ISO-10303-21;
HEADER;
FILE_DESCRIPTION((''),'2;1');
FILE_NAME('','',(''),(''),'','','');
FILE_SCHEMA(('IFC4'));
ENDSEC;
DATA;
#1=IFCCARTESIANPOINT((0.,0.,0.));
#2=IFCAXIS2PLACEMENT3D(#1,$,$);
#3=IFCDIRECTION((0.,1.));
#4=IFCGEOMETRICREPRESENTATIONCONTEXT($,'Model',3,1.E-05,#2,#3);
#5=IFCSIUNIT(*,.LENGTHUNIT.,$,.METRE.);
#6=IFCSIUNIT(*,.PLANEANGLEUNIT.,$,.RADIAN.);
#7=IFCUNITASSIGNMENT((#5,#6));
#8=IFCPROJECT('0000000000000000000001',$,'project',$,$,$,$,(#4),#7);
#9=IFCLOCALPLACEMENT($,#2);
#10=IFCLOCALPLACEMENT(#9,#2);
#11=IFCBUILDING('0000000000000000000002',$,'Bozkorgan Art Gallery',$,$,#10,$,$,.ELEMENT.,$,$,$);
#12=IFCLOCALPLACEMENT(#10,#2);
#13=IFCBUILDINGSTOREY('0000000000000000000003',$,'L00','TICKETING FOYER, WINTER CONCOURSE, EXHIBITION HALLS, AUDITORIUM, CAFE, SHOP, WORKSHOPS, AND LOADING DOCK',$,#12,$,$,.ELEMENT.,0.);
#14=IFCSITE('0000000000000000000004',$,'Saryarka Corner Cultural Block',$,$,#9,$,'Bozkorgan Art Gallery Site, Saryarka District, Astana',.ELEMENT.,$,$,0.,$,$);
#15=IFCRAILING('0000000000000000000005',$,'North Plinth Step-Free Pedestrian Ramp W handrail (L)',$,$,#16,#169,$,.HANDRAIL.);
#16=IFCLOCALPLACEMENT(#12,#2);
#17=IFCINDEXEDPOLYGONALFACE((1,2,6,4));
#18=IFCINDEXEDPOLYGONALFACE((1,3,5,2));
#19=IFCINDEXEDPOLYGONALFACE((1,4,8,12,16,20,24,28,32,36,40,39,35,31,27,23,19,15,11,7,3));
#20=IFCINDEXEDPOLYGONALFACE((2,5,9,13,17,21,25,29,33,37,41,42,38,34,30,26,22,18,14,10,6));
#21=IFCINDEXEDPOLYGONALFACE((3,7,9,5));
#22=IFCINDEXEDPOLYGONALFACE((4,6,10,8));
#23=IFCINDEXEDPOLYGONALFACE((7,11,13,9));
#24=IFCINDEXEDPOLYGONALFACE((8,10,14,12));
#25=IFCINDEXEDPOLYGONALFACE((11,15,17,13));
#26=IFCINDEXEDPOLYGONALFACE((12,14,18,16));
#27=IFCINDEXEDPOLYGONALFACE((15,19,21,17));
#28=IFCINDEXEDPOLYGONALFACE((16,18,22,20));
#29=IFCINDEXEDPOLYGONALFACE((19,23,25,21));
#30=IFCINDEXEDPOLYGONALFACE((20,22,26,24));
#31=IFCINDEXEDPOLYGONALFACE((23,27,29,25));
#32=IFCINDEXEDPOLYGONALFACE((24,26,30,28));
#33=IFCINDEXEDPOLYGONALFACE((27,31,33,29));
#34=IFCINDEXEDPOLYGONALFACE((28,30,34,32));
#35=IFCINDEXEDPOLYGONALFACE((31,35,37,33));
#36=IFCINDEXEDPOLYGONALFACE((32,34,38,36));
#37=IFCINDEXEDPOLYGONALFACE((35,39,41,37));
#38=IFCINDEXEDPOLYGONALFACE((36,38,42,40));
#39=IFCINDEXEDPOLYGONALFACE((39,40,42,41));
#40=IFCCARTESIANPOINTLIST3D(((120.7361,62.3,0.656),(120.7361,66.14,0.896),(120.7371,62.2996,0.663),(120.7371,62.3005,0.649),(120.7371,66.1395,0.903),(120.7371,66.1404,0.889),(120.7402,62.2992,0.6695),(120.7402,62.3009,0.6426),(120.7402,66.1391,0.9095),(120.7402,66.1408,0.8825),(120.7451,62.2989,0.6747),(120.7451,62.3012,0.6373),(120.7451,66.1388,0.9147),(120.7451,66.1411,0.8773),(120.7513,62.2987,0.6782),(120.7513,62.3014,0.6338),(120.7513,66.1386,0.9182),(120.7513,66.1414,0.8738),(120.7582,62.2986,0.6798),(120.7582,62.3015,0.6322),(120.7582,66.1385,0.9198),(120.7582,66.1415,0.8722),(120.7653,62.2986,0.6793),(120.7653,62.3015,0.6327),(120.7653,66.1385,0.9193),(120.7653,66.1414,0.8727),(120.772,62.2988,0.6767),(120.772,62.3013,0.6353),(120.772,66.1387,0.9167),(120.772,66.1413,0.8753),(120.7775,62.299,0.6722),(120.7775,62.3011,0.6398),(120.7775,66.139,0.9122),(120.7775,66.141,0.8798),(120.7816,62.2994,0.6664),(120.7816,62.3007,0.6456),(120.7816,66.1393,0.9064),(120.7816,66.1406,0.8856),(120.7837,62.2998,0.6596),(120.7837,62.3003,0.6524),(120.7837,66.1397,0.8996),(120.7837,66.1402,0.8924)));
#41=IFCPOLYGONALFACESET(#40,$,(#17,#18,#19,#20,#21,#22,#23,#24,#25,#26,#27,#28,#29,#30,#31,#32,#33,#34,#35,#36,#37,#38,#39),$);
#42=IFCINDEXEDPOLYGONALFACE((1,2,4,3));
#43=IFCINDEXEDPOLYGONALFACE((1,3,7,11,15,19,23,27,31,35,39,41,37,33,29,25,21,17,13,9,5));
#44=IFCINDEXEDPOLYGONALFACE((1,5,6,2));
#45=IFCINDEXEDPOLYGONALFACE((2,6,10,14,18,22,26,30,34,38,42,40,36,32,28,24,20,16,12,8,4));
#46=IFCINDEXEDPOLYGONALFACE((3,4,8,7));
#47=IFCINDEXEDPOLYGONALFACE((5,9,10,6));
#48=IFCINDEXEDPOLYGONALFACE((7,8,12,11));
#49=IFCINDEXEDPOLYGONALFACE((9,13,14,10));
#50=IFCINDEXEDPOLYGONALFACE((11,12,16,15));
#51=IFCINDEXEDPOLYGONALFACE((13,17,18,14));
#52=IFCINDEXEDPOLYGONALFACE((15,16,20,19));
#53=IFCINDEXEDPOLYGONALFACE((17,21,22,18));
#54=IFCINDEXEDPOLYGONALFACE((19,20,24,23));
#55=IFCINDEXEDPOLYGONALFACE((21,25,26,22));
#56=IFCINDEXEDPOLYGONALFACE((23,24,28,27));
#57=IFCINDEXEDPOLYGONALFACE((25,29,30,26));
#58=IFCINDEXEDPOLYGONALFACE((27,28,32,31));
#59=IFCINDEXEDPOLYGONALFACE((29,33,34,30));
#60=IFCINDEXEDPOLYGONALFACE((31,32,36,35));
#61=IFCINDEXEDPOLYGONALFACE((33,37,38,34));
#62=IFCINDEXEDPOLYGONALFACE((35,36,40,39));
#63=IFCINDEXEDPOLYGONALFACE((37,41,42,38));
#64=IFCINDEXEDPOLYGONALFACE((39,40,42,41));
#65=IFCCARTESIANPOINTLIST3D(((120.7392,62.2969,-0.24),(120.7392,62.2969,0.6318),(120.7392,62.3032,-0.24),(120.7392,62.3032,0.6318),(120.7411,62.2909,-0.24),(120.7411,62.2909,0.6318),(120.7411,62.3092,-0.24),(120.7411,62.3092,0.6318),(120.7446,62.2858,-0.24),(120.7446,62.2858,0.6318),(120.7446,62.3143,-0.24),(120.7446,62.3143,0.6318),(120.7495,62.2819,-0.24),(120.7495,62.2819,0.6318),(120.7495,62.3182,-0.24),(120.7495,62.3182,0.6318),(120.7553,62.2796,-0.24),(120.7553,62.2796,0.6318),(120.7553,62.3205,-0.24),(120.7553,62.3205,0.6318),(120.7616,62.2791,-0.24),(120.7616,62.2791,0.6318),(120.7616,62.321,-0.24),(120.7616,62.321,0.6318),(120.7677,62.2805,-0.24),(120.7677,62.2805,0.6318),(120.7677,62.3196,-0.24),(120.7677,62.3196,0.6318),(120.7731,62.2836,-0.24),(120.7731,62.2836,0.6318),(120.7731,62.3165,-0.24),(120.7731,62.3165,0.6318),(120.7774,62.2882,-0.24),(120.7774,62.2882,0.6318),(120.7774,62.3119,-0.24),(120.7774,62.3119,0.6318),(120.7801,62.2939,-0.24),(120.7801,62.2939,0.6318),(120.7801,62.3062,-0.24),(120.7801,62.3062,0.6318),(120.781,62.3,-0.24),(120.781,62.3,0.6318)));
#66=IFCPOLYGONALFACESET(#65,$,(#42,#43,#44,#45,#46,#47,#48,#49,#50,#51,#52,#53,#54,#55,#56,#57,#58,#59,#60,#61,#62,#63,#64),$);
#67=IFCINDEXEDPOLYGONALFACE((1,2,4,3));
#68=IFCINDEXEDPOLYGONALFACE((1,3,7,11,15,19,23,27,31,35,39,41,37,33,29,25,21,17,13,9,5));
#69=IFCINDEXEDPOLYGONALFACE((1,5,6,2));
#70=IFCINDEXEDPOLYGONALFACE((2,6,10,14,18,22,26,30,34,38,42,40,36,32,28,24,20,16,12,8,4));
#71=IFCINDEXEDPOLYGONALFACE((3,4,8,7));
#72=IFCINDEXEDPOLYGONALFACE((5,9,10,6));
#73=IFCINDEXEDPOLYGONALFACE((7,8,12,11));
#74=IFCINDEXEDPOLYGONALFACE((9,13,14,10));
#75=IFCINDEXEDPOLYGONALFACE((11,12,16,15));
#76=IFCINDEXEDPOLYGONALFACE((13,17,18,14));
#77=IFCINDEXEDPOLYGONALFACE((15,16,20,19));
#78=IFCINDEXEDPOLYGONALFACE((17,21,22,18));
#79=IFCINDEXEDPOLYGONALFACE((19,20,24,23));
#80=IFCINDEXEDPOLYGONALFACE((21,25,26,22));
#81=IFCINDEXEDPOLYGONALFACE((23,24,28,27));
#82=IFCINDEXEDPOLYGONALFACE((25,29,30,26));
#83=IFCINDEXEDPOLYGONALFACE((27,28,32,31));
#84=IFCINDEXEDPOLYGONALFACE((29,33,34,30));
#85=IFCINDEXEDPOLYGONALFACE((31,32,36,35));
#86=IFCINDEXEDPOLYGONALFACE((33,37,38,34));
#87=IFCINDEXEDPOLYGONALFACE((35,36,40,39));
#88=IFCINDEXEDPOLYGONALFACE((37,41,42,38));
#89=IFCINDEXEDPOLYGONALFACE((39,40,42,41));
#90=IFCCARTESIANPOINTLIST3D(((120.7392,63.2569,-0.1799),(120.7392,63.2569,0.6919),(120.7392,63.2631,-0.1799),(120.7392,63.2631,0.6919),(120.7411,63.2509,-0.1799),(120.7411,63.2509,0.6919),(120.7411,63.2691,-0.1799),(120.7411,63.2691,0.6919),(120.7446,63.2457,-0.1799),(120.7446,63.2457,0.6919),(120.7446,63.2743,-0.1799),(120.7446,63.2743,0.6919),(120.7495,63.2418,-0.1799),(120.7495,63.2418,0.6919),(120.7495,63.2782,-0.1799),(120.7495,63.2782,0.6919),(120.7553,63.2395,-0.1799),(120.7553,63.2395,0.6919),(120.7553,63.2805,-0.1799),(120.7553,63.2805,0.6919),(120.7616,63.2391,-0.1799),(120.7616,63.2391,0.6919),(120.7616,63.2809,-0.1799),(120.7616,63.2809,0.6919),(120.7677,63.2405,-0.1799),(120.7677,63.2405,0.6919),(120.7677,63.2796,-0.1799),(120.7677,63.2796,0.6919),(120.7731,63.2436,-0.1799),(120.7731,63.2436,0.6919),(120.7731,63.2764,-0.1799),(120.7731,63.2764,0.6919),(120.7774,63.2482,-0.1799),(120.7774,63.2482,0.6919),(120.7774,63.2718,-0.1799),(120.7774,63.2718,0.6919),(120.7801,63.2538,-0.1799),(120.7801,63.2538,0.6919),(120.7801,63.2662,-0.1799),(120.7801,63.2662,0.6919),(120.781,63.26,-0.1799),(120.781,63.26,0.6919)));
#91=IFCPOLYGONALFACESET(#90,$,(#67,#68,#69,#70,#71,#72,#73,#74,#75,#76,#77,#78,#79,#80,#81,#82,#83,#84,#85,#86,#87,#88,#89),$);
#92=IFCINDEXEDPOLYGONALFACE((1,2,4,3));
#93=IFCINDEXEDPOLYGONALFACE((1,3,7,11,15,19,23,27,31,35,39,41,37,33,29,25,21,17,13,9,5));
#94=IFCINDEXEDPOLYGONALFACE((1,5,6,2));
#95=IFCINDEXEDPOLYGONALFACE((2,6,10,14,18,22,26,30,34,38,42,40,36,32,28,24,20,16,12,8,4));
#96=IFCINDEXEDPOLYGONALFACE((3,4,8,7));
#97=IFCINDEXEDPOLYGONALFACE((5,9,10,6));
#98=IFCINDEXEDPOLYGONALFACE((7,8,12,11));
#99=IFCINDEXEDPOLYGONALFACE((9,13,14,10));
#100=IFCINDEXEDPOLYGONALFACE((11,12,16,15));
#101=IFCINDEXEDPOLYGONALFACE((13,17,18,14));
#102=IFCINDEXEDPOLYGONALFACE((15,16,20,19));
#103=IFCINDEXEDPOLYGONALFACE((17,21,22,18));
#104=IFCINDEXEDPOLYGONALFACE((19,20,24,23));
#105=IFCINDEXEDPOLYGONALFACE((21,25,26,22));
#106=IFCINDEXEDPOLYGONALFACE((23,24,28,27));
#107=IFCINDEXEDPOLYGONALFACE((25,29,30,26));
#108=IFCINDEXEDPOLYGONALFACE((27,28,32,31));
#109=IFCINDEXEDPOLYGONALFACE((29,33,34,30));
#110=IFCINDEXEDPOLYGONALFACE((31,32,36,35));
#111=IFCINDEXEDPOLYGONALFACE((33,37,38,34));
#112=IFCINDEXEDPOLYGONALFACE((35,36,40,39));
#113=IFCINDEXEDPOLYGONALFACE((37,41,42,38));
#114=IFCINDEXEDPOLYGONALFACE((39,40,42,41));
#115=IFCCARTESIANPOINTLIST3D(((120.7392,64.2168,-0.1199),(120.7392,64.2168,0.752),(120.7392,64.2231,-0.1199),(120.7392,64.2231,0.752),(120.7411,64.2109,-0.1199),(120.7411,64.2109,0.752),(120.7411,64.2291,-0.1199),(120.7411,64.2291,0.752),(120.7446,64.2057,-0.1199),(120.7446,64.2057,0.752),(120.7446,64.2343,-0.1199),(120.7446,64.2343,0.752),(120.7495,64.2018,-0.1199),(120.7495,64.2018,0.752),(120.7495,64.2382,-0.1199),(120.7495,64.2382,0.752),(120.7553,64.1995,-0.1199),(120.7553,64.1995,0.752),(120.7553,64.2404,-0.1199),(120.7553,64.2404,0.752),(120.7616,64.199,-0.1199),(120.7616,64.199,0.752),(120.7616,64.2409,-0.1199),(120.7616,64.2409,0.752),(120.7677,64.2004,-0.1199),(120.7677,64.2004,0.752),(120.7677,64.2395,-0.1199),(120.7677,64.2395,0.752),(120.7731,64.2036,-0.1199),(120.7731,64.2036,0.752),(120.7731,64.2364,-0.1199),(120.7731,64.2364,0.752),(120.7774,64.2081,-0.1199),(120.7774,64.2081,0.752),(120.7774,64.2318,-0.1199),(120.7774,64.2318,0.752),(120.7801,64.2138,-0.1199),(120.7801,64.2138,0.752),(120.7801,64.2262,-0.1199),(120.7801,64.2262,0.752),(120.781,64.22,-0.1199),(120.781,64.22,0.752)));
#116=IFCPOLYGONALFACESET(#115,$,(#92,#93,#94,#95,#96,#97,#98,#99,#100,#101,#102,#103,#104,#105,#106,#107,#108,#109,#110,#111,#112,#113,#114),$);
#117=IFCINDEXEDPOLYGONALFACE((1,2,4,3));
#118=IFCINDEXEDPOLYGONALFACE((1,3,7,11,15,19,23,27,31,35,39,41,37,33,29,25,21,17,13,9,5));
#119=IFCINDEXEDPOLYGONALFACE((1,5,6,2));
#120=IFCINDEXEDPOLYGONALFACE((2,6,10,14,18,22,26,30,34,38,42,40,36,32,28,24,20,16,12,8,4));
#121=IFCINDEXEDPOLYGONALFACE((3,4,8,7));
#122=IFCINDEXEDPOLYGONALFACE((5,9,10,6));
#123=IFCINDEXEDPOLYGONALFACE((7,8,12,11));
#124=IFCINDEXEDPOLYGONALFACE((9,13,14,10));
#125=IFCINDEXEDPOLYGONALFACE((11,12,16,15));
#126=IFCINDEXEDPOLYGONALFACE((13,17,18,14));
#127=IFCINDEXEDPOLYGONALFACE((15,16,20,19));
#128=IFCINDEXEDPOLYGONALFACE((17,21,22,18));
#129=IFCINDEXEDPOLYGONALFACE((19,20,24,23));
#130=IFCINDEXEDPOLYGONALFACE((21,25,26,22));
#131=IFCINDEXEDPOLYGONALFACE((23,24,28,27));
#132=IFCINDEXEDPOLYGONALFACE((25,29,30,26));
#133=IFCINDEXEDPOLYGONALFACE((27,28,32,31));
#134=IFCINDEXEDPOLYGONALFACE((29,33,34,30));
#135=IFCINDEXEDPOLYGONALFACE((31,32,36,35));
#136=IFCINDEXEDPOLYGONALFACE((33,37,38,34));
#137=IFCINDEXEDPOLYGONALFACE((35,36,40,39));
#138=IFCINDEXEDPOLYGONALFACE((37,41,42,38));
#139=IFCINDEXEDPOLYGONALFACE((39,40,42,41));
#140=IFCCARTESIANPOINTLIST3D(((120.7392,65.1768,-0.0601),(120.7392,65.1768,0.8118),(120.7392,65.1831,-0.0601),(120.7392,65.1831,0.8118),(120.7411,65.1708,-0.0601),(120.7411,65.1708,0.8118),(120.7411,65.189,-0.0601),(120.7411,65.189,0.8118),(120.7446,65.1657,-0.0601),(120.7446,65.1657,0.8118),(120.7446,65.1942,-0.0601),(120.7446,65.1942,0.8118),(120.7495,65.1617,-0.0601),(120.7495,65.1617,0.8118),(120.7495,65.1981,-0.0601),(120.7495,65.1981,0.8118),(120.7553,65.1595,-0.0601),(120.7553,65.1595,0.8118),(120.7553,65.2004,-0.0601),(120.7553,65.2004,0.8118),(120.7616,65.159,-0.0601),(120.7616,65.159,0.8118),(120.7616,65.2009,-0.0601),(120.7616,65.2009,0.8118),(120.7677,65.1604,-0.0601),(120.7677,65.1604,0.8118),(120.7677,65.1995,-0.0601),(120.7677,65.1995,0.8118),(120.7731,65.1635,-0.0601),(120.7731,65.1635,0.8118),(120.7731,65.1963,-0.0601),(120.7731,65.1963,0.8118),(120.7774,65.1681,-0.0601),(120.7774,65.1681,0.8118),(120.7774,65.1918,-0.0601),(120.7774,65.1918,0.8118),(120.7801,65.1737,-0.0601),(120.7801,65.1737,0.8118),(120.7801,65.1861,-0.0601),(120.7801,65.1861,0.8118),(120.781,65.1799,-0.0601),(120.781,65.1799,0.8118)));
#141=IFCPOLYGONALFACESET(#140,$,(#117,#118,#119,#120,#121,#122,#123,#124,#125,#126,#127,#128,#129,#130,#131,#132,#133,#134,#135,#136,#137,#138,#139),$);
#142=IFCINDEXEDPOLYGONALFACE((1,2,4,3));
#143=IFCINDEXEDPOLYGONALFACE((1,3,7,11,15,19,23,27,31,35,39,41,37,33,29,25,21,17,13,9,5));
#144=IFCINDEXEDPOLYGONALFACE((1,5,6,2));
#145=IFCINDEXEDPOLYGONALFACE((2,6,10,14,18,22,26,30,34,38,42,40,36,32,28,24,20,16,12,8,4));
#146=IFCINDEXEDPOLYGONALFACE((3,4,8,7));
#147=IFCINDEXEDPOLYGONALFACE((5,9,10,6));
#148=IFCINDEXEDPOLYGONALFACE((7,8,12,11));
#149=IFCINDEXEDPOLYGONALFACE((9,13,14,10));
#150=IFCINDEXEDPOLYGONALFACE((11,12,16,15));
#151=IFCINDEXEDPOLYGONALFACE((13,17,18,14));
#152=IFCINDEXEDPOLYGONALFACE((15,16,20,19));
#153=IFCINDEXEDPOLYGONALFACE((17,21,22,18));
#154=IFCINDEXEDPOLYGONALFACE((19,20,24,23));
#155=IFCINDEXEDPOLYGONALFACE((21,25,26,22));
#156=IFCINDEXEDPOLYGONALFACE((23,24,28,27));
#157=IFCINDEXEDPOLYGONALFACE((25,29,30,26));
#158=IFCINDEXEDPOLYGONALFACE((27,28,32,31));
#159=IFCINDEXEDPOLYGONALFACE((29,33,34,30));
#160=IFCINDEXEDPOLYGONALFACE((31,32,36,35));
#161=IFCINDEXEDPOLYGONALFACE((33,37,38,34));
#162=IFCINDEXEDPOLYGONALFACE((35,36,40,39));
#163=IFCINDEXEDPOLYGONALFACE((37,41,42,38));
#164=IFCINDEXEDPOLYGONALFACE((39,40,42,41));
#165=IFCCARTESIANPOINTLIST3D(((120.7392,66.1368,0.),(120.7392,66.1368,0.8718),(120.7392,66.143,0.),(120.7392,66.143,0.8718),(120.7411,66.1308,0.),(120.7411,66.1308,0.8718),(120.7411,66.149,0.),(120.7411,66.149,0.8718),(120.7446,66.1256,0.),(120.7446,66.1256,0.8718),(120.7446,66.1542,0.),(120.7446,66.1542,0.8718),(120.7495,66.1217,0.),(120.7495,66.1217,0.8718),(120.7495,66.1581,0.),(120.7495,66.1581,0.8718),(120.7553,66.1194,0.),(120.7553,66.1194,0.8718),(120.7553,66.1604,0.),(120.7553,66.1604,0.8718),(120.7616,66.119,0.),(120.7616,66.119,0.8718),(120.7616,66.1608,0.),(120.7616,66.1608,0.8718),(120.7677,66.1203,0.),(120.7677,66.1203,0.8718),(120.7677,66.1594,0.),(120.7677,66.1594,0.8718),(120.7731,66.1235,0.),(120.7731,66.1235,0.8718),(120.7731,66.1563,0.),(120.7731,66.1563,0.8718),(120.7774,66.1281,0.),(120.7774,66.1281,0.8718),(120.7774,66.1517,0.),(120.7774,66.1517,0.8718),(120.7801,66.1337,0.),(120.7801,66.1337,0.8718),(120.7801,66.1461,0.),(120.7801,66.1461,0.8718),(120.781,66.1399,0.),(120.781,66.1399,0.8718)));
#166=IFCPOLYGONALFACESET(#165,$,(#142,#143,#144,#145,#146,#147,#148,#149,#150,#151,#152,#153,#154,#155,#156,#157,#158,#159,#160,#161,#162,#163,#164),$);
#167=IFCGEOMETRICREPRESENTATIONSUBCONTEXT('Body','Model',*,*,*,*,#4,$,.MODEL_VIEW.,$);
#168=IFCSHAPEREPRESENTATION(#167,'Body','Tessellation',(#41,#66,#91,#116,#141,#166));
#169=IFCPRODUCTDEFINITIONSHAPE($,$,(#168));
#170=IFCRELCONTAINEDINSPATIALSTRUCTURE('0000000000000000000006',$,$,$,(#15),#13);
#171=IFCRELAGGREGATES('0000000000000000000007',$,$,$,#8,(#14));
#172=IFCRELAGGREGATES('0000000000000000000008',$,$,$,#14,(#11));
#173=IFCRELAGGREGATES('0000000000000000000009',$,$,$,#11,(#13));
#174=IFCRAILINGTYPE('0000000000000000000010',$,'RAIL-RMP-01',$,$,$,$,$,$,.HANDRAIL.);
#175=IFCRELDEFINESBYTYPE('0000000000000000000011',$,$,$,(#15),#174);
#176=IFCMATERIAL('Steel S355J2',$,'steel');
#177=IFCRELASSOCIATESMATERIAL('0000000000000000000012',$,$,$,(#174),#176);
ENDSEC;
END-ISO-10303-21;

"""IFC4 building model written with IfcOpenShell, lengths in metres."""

from ifc_helpers import new_model, si_unit, direction, frame, origin, origin_2d, place, context, subcontext, project, spatial, circle, extrude, material, type_object, element, save


model = new_model("IFC4")

# Units and contexts
model_context = context("Model", 3, precision=1e-05, world=origin(), true_north=direction((0.0, 1.0)))
body_context = subcontext(model_context, "Body", "Model", "MODEL_VIEW")
ifc_project = project(units=[si_unit("LENGTHUNIT", "METRE"), si_unit("PLANEANGLEUNIT", "RADIAN")], contexts=[model_context])

# Site, building, storey
site_placement = place(None, origin())
site = spatial("IfcSite", under=ifc_project, at=site_placement, Name="Saryarka Corner Cultural Block", LongName="Bozkorgan Art Gallery Site, Saryarka District, Astana", CompositionType="ELEMENT", RefElevation=0.0)
building_placement = place(site_placement, origin())
building = spatial("IfcBuilding", under=site, at=building_placement, Name="Bozkorgan Art Gallery", CompositionType="ELEMENT")
storey_placement = place(building_placement, origin())
storey = spatial("IfcBuildingStorey", under=building, at=storey_placement, Name="L00", Description="TICKETING FOYER, WINTER CONCOURSE, EXHIBITION HALLS, AUDITORIUM, CAFE, SHOP, WORKSHOPS, AND LOADING DOCK", CompositionType="ELEMENT", Elevation=0.0)

# Railing
ifc_material_1 = material(Name="Steel S355J2", Category="steel")
railing_type = type_object("IfcRailingType", Name="RAIL-RMP-01", PredefinedType="HANDRAIL", material=ifc_material_1)
for number, where, name in (
    (1, (120.76, 62.3, -0.24), "North Plinth Step-Free Pedestrian Ramp W handrail (L)"),
):
    element("IfcRailing", number, at=place(storey_placement, frame(where)), inside=storey, type_object=railing_type, Name=name, PredefinedType="HANDRAIL", context=body_context, shape_type="SweptSolid", body=[
        extrude(circle(Radius=0.0239, at=origin_2d()), frame((0.0, 0.0, 0.896), z_axis=(0.0, 0.998053, 0.062378), x_axis=(-1.0, 0.0, 0.0)), (0.0, 0.0, 1.0), 3.8474),
        extrude(circle(Radius=0.021, at=origin_2d()), origin(), (0.0, 0.0, 1.0), 0.8718),
        extrude(circle(Radius=0.021, at=origin_2d()), frame((0.0, 0.96, 0.0601)), (0.0, 0.0, 1.0), 0.8718),
        extrude(circle(Radius=0.021, at=origin_2d()), frame((0.0, 1.9199, 0.1201)), (0.0, 0.0, 1.0), 0.8718),
        extrude(circle(Radius=0.021, at=origin_2d()), frame((0.0, 2.8799, 0.1799)), (0.0, 0.0, 1.0), 0.8718),
        extrude(circle(Radius=0.021, at=origin_2d()), frame((0.0, 3.8398, 0.24)), (0.0, 0.0, 1.0), 0.8718),
    ])

save(model, "model.ifc")
